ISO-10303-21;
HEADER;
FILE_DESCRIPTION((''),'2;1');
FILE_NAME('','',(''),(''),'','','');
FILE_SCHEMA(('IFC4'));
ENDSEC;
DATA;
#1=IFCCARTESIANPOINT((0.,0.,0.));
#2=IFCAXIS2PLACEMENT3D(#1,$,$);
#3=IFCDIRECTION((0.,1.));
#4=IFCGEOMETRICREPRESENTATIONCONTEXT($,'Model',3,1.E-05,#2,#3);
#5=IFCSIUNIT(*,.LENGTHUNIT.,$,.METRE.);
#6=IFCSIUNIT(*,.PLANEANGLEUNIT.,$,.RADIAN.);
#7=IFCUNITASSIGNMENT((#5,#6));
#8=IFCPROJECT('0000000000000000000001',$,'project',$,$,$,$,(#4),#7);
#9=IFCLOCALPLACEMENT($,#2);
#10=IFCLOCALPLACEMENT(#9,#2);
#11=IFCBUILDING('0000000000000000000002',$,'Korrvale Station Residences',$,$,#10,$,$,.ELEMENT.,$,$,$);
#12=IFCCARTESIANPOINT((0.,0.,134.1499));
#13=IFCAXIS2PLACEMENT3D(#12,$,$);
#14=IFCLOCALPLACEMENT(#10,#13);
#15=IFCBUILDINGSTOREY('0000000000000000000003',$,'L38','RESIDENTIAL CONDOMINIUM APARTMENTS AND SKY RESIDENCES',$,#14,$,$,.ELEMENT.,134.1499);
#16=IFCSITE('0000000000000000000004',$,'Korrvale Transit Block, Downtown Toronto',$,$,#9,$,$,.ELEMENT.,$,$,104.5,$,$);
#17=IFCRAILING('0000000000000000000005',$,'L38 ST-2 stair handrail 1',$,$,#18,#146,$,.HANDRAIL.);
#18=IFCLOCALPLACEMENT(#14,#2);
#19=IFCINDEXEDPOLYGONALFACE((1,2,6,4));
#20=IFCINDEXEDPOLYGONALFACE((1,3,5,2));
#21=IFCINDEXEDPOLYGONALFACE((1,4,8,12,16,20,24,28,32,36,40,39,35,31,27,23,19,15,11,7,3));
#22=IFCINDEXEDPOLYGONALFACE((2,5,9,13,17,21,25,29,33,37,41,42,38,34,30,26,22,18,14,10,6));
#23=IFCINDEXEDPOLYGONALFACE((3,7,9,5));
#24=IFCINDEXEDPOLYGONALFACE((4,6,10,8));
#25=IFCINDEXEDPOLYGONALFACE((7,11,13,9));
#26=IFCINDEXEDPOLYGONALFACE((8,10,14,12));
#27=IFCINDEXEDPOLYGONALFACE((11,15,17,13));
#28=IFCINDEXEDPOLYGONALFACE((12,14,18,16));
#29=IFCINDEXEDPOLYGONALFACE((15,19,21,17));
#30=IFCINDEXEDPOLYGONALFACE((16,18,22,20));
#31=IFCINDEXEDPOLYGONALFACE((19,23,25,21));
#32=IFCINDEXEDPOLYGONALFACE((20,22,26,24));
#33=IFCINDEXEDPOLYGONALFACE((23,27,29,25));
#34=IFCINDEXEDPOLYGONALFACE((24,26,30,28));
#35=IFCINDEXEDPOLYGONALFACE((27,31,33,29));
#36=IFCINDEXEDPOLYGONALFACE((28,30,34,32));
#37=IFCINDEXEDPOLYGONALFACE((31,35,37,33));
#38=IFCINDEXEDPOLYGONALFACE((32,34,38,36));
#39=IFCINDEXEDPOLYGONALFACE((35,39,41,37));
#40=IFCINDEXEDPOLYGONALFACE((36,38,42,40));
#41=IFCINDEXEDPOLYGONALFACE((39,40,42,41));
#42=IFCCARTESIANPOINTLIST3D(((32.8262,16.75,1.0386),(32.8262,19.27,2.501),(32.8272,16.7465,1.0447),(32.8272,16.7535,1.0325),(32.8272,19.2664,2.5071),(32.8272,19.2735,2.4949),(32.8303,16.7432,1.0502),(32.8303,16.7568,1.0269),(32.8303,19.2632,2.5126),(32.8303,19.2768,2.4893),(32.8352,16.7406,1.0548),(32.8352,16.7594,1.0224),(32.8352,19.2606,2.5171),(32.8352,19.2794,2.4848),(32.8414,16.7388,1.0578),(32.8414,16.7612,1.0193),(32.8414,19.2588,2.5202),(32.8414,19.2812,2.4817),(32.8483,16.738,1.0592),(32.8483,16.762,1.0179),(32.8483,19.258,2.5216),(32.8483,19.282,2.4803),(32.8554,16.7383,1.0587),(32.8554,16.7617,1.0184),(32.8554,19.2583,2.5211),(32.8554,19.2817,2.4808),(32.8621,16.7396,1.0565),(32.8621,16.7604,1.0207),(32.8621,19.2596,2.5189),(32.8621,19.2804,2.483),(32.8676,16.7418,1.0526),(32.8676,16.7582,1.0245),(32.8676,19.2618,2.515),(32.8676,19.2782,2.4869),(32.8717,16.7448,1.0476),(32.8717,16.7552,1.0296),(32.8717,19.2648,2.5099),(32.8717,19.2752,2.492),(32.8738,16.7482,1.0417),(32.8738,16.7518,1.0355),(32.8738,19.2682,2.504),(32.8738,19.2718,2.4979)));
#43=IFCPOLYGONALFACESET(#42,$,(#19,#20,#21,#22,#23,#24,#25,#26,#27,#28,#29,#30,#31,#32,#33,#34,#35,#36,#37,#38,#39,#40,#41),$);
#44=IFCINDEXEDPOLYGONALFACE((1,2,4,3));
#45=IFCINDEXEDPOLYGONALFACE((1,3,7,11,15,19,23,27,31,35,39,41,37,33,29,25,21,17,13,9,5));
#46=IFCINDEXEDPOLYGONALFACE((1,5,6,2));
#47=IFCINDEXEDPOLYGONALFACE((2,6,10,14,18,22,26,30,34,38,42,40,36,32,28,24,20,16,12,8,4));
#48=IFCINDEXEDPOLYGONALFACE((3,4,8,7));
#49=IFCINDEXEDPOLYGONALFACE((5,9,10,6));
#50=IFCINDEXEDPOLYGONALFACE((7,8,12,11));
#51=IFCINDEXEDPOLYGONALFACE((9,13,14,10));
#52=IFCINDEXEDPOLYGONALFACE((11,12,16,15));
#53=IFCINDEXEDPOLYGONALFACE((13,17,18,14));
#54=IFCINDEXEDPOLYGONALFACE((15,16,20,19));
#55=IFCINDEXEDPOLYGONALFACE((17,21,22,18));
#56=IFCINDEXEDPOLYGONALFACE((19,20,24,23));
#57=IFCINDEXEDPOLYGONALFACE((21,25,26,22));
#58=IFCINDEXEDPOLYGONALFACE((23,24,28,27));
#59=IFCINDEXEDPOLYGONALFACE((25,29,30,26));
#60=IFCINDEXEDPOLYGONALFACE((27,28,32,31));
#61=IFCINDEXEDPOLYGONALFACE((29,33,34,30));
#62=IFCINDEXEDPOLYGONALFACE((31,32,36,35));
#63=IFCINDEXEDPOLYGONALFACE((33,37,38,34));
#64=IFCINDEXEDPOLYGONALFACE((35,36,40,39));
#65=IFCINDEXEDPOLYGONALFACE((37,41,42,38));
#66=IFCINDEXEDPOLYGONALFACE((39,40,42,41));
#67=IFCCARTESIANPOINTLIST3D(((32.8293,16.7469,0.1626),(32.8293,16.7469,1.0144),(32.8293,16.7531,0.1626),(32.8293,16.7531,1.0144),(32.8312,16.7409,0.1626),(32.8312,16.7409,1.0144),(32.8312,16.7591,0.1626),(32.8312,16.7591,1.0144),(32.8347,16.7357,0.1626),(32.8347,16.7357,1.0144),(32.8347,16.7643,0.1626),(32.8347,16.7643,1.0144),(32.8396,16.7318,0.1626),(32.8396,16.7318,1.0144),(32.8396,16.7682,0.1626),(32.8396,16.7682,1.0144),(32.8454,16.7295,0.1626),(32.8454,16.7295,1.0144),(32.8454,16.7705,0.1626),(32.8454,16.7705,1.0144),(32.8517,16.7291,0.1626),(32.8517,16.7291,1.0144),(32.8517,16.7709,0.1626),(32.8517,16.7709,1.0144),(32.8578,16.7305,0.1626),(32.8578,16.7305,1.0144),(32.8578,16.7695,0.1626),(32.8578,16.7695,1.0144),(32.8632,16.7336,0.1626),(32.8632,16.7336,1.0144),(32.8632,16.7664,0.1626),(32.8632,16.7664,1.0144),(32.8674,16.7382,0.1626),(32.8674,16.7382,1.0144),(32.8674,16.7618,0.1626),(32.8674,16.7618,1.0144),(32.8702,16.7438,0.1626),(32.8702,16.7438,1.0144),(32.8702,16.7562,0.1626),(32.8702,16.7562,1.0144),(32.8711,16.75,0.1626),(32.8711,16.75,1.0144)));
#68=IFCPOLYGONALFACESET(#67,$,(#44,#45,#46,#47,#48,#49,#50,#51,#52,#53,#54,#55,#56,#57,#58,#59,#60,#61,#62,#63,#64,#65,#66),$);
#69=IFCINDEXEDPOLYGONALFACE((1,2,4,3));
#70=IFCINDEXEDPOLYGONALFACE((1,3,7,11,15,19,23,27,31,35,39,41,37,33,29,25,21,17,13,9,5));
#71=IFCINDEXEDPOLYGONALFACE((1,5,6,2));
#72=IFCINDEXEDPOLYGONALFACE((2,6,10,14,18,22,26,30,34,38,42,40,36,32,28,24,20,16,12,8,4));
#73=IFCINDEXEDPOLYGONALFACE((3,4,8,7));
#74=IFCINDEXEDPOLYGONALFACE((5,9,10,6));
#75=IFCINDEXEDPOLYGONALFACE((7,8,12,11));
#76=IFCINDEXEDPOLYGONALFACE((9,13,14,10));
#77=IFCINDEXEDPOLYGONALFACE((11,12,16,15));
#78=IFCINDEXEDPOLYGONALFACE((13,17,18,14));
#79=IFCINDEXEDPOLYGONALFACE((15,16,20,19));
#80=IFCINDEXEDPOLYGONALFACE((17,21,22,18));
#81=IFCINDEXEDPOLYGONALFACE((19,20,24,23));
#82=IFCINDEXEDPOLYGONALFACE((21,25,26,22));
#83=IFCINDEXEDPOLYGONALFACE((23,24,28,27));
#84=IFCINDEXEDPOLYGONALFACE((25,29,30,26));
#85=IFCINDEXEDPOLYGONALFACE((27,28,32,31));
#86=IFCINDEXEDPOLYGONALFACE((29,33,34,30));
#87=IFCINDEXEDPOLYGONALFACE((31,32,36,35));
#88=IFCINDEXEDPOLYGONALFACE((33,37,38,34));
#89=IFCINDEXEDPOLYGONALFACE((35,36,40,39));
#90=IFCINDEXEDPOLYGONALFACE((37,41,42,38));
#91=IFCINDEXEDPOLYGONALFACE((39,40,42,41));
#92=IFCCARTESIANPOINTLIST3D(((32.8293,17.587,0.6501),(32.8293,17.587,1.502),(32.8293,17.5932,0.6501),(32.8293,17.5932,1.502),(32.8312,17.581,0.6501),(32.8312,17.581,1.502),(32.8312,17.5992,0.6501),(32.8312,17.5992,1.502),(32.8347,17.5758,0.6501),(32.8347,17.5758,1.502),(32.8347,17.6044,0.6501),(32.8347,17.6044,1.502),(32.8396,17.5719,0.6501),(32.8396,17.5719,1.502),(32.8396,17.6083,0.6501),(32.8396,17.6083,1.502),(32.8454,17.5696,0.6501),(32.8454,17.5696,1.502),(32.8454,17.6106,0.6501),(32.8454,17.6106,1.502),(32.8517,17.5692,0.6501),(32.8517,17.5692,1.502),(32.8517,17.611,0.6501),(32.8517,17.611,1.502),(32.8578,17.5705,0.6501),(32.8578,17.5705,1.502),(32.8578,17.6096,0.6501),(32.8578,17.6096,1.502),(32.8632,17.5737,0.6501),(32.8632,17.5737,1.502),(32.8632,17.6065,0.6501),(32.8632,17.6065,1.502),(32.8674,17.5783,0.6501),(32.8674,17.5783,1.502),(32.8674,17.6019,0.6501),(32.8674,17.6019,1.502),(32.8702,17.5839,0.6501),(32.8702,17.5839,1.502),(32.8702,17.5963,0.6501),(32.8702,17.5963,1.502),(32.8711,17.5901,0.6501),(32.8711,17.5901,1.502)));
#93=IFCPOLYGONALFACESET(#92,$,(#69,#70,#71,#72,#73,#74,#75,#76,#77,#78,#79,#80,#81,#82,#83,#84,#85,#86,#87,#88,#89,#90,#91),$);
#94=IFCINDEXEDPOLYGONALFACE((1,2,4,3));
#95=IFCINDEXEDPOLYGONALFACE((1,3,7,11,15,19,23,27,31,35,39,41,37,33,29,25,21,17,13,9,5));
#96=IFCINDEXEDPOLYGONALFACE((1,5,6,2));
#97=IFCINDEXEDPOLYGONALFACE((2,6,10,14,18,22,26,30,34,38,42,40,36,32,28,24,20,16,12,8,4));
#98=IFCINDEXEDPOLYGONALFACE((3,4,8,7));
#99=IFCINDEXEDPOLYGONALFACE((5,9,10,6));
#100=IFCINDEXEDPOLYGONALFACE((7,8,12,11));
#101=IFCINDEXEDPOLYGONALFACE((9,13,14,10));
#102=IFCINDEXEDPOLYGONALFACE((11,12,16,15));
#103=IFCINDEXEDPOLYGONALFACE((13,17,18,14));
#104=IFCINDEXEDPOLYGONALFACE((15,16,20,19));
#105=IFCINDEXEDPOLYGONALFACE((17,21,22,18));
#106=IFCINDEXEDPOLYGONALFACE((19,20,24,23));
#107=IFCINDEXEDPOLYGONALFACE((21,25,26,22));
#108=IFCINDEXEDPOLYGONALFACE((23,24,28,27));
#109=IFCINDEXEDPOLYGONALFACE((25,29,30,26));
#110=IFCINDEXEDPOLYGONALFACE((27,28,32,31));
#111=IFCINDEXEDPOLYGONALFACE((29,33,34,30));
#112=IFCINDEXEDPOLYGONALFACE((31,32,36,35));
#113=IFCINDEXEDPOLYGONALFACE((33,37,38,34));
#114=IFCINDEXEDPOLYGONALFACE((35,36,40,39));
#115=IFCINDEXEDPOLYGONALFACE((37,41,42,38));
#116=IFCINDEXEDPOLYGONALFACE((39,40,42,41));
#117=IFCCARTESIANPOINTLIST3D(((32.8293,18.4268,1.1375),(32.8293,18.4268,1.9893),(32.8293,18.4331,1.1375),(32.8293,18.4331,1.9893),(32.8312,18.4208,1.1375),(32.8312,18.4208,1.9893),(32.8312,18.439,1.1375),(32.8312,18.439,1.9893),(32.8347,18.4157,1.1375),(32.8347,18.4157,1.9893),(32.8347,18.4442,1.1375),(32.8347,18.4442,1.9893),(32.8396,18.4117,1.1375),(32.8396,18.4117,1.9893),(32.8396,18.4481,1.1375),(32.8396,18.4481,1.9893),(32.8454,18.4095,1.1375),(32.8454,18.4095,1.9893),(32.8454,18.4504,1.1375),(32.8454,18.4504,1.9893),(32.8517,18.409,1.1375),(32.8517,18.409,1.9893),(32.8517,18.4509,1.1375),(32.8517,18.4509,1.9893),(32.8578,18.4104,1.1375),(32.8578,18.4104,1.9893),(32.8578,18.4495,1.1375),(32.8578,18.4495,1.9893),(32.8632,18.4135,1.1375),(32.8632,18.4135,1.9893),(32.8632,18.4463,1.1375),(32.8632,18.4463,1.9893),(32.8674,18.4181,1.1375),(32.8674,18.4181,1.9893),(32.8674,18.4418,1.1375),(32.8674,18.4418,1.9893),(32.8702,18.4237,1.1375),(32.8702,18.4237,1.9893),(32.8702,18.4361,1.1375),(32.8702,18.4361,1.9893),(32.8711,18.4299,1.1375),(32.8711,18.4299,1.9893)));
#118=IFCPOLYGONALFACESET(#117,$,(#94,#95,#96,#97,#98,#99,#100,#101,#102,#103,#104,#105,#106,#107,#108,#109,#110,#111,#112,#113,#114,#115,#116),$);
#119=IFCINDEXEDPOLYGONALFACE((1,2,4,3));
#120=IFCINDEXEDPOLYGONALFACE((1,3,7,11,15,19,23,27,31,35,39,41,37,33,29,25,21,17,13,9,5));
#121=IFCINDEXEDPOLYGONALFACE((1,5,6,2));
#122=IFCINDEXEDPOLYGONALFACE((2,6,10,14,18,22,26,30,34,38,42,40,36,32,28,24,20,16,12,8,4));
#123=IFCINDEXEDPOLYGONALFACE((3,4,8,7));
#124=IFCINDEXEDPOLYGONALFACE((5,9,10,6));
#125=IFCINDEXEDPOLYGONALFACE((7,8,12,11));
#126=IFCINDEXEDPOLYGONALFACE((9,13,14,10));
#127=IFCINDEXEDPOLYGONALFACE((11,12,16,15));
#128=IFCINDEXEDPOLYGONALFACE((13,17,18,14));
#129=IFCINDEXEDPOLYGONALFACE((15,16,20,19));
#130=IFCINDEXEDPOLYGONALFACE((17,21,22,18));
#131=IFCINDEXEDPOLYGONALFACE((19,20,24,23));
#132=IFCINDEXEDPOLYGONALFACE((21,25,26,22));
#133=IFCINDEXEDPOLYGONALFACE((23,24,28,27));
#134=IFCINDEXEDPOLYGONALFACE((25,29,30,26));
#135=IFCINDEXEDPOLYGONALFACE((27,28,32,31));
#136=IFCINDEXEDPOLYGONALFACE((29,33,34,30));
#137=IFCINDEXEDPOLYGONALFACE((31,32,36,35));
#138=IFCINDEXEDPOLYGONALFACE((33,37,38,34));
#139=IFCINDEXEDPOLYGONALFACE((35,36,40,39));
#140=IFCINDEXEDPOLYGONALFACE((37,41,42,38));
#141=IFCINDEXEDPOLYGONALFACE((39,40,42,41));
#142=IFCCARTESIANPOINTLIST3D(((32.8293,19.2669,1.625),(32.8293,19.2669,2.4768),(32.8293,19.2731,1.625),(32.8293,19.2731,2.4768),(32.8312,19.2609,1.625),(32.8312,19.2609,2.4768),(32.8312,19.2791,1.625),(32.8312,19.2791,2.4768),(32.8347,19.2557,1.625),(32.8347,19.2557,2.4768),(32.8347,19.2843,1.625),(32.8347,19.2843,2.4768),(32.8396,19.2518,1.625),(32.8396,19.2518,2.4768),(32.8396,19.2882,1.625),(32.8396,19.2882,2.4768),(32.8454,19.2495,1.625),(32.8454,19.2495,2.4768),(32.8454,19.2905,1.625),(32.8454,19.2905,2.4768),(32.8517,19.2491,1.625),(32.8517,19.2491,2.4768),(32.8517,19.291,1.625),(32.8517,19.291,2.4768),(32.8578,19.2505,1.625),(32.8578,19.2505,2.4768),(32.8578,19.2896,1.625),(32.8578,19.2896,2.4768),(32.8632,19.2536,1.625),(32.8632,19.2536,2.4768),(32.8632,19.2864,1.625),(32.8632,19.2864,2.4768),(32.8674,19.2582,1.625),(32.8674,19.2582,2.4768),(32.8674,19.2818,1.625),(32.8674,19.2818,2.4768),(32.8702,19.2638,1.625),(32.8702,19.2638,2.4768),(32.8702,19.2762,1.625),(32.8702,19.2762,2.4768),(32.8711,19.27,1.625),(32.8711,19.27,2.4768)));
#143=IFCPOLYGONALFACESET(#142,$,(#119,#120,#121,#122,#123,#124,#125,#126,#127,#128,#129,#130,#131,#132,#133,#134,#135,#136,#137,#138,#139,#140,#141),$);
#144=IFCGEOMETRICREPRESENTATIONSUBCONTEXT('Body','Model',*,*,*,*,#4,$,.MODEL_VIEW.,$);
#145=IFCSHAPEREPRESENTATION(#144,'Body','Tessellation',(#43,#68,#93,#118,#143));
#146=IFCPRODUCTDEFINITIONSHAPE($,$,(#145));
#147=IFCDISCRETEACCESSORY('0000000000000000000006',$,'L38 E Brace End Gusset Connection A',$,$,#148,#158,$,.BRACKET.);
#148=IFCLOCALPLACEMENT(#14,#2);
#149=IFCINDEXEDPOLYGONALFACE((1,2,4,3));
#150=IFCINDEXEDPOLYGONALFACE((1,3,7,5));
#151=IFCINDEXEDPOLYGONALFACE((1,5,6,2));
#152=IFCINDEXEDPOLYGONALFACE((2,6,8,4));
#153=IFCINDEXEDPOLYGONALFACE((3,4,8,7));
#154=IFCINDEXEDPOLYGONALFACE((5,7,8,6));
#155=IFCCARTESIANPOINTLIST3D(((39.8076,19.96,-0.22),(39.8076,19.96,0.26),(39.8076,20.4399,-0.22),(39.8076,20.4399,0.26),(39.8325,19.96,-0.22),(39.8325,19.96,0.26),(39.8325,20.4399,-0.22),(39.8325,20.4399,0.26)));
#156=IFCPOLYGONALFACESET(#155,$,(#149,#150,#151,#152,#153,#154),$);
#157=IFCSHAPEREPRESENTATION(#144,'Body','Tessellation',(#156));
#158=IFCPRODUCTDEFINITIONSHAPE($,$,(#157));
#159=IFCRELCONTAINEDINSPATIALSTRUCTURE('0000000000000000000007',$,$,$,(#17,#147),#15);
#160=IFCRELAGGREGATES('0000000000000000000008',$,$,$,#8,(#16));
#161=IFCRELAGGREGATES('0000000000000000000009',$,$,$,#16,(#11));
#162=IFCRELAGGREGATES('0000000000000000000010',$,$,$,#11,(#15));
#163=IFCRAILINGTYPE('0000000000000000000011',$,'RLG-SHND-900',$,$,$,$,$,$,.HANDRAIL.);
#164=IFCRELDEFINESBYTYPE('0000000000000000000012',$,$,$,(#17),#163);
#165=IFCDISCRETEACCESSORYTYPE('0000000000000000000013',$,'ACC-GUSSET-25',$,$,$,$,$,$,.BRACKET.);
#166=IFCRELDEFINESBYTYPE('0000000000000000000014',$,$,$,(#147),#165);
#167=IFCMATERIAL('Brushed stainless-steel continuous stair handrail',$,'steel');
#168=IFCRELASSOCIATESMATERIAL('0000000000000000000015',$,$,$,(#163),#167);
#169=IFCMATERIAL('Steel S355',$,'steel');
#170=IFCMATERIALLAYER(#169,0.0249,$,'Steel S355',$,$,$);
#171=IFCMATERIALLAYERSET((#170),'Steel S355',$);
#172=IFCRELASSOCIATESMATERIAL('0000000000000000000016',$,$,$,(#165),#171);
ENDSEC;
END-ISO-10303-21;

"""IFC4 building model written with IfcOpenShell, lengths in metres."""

from ifc_helpers import new_model, si_unit, direction, frame, origin, origin_2d, place, context, subcontext, project, spatial, rectangle, circle, extrude, material, layer, layer_set, type_object, element, save


model = new_model("IFC4")

# Units and contexts
model_context = context("Model", 3, precision=1e-05, world=origin(), true_north=direction((0.0, 1.0)))
body_context = subcontext(model_context, "Body", "Model", "MODEL_VIEW")
ifc_project = project(units=[si_unit("LENGTHUNIT", "METRE"), si_unit("PLANEANGLEUNIT", "RADIAN")], contexts=[model_context])

# Site, building, storey
site_placement = place(None, origin())
site = spatial("IfcSite", under=ifc_project, at=site_placement, Name="Korrvale Transit Block, Downtown Toronto", CompositionType="ELEMENT", RefElevation=104.5)
building_placement = place(site_placement, origin())
building = spatial("IfcBuilding", under=site, at=building_placement, Name="Korrvale Station Residences", CompositionType="ELEMENT")
storey_placement = place(building_placement, frame((0.0, 0.0, 134.1499)))
storey = spatial("IfcBuildingStorey", under=building, at=storey_placement, Name="L38", Description="RESIDENTIAL CONDOMINIUM APARTMENTS AND SKY RESIDENCES", CompositionType="ELEMENT", Elevation=134.1499)

# Shared definitions
ifc_material_1 = material(Name="Steel S355", Category="steel")

# Railing
ifc_material_2 = material(Name="Brushed stainless-steel continuous stair handrail", Category="steel")
railing_type = type_object("IfcRailingType", Name="RLG-SHND-900", PredefinedType="HANDRAIL", material=ifc_material_2)
railing_placement = place(storey_placement, frame((32.8501, 16.75, 0.1626)))
element("IfcRailing", 1, at=railing_placement, inside=storey, type_object=railing_type, Name="L38 ST-2 stair handrail 1", PredefinedType="HANDRAIL", context=body_context, shape_type="SweptSolid", body=[
    extrude(circle(Radius=0.0239, at=origin_2d()), frame((0.0, 0.0, 0.876), z_axis=(0.0, 0.864913, 0.501921), x_axis=(-1.0, 0.0, 0.0)), (0.0, 0.0, 1.0), 2.9136),
    extrude(circle(Radius=0.021, at=origin_2d()), origin(), (0.0, 0.0, 1.0), 0.8518),
    extrude(circle(Radius=0.021, at=origin_2d()), frame((0.0, 0.8401, 0.4875)), (0.0, 0.0, 1.0), 0.8518),
    extrude(circle(Radius=0.021, at=origin_2d()), frame((0.0, 1.6799, 0.9749)), (0.0, 0.0, 1.0), 0.8518),
    extrude(circle(Radius=0.021, at=origin_2d()), frame((0.0, 2.52, 1.4624)), (0.0, 0.0, 1.0), 0.8518),
])

# Discrete accessory
ifc_layer_1 = layer(ifc_material_1, 0.0249, Name="Steel S355")
ifc_layer_set_1 = layer_set([ifc_layer_1], Name="Steel S355")
discrete_accessory_type = type_object("IfcDiscreteAccessoryType", Name="ACC-GUSSET-25", PredefinedType="BRACKET", material=ifc_layer_set_1)
discrete_accessory_placement = place(storey_placement, frame((39.8201, 20.2, -0.22), z_axis=(0.0, 0.0, 1.0), x_axis=(0.0, 1.0, 0.0)))
element("IfcDiscreteAccessory", 2, at=discrete_accessory_placement, inside=storey, type_object=discrete_accessory_type, Name="L38 E Brace End Gusset Connection A", PredefinedType="BRACKET", context=body_context, shape_type="SweptSolid", body=[
    extrude(rectangle(XDim=0.48, YDim=0.0249, at=origin_2d()), origin(), (0.0, 0.0, 1.0), 0.48),
])

save(model, "model.ifc")
